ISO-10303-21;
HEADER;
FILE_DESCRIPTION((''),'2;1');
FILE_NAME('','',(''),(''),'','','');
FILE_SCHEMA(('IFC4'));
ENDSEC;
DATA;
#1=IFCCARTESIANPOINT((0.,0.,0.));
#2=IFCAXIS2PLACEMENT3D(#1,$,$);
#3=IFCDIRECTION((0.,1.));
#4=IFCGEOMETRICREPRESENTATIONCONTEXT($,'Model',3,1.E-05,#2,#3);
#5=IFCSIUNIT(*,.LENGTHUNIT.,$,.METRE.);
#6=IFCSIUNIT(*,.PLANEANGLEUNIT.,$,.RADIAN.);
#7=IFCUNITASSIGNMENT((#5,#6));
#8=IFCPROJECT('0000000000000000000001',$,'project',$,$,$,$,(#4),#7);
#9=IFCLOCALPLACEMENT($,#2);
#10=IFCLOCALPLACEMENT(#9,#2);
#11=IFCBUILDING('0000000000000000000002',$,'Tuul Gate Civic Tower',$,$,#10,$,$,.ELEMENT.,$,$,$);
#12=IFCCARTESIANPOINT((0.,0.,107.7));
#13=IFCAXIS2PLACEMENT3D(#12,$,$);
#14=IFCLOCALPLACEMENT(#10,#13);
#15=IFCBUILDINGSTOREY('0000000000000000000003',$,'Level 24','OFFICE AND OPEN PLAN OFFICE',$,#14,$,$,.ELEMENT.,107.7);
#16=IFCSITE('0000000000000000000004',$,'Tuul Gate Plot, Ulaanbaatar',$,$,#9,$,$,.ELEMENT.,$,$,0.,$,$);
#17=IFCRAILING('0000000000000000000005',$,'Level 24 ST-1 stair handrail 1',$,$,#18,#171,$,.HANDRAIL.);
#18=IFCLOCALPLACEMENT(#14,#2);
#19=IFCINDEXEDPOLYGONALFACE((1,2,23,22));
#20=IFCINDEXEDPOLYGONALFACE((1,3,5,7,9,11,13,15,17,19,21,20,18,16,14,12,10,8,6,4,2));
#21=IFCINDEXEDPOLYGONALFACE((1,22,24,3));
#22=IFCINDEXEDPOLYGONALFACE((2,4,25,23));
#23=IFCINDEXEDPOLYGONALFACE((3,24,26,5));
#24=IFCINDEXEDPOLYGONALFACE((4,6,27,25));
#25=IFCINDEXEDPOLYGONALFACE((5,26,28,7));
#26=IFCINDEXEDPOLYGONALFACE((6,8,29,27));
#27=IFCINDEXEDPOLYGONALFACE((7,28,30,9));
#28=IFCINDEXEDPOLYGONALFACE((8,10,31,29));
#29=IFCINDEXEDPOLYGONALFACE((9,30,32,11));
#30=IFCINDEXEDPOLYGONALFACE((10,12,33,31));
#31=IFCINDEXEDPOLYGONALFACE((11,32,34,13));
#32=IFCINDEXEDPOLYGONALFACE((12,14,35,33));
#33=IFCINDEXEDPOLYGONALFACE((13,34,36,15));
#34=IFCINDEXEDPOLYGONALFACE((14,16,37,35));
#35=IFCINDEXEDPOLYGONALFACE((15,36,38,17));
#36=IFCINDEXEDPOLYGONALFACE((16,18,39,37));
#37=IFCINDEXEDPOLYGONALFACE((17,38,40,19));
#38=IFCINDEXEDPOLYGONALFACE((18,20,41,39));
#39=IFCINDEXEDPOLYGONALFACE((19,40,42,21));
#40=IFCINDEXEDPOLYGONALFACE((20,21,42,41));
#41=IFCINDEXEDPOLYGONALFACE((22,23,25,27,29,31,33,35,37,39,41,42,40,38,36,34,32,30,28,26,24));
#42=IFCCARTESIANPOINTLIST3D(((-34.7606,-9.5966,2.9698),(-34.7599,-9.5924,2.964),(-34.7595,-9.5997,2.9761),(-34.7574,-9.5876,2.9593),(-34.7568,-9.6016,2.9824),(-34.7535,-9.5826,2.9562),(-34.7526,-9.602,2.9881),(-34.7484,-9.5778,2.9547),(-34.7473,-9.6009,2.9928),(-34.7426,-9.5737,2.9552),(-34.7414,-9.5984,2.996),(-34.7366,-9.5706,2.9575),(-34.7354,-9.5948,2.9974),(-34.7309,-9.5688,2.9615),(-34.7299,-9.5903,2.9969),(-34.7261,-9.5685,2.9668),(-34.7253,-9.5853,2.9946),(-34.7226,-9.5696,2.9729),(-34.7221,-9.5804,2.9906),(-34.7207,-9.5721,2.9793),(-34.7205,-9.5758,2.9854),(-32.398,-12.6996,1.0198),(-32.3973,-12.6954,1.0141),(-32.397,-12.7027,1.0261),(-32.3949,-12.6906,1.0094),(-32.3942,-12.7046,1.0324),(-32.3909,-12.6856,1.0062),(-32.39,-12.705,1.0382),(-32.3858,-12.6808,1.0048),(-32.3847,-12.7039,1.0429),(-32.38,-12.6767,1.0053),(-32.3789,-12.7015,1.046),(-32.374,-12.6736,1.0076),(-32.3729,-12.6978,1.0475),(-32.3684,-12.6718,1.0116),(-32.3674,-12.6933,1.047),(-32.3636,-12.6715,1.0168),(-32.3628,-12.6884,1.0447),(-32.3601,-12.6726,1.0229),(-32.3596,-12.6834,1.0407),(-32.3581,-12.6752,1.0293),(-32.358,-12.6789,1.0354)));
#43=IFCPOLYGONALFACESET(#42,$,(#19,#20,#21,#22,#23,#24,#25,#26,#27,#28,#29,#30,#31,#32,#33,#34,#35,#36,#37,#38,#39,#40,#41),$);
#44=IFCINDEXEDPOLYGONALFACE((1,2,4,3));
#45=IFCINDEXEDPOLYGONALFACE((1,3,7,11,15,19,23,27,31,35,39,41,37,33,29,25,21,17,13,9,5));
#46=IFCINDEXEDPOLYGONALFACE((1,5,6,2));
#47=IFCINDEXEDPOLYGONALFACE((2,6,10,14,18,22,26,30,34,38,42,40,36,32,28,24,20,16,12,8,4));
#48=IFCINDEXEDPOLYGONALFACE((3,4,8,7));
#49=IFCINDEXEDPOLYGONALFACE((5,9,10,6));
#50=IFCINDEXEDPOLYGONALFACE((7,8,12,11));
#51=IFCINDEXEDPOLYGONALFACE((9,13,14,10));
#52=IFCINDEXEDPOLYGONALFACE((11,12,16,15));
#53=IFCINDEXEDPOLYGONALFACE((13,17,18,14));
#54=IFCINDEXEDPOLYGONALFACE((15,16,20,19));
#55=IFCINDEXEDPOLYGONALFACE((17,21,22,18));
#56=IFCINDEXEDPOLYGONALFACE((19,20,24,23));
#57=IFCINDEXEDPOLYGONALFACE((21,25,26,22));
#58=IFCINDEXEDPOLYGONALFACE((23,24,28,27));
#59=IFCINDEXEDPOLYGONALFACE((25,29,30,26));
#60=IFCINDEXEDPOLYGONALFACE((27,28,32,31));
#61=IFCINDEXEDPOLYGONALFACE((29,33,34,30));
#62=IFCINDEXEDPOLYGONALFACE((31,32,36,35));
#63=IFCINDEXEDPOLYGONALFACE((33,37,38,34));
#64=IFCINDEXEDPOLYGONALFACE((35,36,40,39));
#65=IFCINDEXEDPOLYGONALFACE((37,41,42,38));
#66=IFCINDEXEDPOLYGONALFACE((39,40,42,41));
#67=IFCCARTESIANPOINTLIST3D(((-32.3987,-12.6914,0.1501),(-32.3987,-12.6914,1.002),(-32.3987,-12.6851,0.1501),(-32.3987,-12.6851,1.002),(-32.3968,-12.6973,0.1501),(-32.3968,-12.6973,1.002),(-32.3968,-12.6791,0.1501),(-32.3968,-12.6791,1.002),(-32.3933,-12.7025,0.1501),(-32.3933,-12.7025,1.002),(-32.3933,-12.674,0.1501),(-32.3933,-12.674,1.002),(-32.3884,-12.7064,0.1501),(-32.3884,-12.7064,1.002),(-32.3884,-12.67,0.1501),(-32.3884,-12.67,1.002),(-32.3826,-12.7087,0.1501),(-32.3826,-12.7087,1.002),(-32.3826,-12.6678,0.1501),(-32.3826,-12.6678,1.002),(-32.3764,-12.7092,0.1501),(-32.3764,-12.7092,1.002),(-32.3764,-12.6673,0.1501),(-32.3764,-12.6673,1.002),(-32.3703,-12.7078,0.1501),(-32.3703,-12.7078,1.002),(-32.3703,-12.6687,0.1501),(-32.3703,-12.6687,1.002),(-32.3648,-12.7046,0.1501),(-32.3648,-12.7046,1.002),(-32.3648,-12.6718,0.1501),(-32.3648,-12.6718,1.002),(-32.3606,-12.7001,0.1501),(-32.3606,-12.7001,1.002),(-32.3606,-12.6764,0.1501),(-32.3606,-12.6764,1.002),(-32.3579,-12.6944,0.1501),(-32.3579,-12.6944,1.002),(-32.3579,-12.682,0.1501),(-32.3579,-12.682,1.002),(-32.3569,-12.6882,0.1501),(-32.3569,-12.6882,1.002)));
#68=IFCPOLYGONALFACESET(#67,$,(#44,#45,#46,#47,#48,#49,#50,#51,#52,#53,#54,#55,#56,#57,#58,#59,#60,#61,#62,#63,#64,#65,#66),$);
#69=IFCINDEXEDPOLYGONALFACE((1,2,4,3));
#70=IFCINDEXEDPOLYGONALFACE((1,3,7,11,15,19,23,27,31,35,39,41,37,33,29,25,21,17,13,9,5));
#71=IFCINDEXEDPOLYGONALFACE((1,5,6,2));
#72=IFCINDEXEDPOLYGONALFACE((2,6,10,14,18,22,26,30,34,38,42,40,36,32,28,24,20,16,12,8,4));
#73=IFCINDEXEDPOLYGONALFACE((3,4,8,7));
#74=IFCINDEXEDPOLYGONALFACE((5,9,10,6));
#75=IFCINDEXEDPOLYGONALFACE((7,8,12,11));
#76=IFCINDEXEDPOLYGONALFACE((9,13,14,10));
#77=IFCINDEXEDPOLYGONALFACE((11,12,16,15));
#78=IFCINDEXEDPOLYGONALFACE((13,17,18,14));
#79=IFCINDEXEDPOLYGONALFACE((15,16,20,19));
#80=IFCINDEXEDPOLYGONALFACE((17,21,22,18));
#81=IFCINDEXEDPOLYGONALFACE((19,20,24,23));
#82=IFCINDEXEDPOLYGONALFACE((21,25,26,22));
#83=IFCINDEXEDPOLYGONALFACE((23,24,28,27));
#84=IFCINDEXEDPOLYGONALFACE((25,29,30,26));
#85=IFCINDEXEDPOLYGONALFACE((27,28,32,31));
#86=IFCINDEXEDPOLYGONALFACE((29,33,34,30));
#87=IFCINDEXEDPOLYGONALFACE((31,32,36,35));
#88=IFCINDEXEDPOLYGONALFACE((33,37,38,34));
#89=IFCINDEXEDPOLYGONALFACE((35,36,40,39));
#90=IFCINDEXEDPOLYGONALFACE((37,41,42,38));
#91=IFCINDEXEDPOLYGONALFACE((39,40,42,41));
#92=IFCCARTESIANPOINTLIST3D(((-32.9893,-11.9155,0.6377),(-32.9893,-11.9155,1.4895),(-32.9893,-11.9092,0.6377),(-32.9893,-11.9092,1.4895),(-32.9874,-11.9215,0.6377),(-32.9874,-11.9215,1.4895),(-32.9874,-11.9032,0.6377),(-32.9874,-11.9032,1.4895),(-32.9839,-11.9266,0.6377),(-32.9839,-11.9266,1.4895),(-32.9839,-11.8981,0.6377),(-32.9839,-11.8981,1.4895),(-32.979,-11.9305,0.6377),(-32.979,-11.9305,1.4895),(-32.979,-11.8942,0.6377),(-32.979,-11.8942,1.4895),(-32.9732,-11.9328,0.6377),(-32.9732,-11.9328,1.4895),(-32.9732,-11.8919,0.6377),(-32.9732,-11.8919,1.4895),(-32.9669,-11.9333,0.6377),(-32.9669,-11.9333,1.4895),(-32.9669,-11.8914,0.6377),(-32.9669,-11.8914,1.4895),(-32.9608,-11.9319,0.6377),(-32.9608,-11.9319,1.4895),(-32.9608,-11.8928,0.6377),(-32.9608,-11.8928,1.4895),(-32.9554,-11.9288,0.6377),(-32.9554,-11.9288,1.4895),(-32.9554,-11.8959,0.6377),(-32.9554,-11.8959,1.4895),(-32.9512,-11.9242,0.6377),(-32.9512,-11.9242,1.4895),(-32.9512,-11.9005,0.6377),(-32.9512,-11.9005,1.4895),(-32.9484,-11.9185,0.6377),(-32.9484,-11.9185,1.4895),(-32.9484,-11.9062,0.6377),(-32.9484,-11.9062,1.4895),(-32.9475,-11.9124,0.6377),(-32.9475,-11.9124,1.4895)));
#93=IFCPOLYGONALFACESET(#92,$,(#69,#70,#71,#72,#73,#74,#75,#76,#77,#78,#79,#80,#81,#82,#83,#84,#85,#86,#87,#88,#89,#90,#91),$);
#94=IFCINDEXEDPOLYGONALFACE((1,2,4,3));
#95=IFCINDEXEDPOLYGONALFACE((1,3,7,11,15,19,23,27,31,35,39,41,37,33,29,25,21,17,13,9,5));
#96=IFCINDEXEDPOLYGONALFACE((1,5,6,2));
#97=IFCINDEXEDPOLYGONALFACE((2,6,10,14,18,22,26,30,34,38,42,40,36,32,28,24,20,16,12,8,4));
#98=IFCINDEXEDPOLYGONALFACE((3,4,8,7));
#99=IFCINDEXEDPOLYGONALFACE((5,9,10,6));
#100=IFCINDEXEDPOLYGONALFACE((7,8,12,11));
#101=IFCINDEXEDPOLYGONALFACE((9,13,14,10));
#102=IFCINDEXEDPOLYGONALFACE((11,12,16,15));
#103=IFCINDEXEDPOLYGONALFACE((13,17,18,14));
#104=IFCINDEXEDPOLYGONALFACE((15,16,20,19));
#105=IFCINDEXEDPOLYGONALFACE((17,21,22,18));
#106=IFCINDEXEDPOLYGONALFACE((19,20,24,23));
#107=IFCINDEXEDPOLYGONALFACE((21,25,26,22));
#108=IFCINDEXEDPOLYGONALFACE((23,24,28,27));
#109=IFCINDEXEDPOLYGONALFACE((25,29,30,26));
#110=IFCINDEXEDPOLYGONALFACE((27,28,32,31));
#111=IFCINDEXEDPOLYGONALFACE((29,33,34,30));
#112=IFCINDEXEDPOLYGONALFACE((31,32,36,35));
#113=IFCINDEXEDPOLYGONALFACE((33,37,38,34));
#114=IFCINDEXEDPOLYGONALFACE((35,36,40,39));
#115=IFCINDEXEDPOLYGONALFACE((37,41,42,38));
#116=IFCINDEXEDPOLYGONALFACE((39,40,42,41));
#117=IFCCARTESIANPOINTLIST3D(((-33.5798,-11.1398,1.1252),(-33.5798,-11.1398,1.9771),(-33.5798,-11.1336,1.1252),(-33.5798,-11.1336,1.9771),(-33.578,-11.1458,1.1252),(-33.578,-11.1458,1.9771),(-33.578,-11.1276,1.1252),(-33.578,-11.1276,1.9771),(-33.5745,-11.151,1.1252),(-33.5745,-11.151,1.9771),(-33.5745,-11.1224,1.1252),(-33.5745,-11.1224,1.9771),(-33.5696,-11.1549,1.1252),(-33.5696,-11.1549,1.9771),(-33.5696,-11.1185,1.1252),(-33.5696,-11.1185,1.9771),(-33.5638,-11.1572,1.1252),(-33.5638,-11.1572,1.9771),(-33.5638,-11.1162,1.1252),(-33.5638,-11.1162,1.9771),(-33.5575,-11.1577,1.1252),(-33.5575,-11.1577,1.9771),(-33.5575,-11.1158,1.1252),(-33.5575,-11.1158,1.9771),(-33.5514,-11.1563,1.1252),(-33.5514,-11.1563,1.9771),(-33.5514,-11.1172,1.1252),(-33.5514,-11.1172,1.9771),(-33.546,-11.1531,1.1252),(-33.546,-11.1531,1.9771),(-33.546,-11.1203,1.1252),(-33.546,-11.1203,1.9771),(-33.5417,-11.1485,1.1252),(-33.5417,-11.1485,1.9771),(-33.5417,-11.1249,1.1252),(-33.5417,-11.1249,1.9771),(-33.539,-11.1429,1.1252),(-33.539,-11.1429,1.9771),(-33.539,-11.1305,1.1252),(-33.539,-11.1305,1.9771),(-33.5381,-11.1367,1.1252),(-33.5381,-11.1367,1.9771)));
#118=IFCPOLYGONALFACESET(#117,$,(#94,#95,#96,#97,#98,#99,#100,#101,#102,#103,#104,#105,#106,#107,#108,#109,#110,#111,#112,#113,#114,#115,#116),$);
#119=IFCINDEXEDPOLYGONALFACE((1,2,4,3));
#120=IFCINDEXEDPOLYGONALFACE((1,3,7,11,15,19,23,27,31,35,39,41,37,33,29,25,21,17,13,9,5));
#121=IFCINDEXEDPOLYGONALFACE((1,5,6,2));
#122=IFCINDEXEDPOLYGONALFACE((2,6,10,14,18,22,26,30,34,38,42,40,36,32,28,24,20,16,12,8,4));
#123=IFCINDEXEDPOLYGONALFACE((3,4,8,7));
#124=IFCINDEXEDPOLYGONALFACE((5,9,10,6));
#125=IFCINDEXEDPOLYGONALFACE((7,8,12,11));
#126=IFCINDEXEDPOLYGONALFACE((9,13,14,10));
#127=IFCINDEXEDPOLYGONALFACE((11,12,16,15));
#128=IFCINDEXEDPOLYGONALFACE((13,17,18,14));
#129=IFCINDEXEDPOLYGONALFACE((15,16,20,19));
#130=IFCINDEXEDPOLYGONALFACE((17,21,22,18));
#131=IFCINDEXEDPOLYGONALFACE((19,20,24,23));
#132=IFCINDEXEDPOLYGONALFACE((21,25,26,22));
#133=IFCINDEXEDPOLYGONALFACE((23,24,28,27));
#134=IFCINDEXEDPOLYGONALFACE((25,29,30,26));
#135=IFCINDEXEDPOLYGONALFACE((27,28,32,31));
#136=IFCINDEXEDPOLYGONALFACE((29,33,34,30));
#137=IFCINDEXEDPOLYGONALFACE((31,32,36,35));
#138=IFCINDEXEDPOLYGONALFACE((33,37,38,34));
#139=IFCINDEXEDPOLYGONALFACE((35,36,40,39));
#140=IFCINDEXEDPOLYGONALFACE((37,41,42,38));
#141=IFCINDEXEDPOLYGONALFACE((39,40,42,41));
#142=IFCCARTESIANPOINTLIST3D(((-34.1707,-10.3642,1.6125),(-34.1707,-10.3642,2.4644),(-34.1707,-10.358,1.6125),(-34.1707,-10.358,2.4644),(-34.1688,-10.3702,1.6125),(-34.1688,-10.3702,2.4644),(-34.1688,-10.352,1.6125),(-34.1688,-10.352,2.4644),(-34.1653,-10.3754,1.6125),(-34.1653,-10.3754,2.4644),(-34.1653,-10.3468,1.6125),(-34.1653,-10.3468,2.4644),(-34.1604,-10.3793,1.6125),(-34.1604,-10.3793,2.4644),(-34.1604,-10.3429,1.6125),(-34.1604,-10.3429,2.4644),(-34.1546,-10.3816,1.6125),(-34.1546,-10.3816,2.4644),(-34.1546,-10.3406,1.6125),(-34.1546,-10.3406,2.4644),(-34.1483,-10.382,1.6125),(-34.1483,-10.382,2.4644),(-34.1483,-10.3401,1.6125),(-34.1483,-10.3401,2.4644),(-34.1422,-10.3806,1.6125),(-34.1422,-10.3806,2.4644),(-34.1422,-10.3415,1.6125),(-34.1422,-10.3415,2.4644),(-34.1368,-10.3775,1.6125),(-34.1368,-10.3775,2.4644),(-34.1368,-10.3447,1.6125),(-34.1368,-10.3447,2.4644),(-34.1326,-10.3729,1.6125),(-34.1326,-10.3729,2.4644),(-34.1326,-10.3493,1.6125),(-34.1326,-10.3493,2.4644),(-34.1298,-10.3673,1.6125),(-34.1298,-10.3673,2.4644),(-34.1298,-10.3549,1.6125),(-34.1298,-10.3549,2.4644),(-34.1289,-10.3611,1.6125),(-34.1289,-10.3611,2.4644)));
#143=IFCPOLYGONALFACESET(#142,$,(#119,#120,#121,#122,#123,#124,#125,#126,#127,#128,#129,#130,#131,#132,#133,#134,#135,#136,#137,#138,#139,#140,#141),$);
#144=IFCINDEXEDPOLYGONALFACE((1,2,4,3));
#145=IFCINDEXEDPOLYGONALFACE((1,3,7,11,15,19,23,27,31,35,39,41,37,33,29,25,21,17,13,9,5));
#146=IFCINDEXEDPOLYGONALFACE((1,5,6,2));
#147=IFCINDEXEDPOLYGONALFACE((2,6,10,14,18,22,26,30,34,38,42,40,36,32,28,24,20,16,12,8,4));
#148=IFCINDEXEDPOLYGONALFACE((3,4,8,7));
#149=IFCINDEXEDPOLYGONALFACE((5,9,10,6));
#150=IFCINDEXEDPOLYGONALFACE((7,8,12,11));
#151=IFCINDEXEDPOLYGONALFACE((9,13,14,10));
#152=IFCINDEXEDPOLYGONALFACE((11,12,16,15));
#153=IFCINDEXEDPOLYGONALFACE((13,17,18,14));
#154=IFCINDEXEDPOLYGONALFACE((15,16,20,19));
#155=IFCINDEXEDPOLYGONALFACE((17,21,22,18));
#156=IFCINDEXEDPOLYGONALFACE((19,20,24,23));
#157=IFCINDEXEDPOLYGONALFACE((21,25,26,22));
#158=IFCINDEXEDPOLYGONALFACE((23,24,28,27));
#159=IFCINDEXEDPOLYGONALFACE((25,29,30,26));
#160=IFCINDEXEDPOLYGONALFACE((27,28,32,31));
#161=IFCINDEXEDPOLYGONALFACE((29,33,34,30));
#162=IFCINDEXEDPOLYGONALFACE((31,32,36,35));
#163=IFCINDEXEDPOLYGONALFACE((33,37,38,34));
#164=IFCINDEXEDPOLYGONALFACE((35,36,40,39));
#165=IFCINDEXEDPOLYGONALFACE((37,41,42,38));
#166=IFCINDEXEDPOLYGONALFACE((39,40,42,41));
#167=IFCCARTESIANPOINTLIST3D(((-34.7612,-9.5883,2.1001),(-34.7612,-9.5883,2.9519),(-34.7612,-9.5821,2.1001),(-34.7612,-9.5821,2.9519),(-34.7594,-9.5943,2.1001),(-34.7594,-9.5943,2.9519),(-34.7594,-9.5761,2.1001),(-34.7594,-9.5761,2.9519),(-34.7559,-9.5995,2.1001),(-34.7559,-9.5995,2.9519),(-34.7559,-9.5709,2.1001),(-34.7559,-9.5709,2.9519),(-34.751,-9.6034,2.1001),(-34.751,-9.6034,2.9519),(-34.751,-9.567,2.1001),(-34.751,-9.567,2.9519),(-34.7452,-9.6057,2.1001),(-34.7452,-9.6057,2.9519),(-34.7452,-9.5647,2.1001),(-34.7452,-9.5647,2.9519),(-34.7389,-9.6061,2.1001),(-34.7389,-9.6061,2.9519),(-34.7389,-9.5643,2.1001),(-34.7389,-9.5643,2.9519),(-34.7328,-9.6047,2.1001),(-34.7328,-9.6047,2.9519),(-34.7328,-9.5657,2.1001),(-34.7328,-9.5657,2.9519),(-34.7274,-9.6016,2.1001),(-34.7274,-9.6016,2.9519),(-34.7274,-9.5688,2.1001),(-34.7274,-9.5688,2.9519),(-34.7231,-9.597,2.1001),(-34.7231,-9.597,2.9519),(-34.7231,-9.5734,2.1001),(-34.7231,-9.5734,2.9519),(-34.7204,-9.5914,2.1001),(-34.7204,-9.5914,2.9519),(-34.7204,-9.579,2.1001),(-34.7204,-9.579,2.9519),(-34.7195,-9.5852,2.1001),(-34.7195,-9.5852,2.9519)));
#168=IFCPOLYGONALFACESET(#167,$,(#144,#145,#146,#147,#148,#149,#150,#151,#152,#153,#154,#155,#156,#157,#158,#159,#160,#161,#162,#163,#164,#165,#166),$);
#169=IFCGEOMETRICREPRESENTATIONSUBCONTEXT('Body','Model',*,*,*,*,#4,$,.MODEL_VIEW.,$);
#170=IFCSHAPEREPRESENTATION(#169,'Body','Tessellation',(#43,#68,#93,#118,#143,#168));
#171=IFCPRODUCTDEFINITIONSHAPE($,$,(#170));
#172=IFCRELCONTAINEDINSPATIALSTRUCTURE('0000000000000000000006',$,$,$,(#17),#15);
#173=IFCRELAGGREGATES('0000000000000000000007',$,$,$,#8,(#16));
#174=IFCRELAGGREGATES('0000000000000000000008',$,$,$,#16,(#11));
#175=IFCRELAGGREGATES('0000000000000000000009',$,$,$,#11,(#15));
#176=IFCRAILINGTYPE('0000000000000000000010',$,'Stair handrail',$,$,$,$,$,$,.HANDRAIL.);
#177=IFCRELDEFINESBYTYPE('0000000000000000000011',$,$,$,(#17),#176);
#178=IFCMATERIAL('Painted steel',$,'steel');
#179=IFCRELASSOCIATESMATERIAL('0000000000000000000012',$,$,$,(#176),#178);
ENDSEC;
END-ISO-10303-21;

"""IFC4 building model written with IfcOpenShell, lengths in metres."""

from ifc_helpers import new_model, si_unit, direction, frame, origin, origin_2d, place, context, subcontext, project, spatial, circle, extrude, material, type_object, element, save


model = new_model("IFC4")

# Units and contexts
model_context = context("Model", 3, precision=1e-05, world=origin(), true_north=direction((0.0, 1.0)))
body_context = subcontext(model_context, "Body", "Model", "MODEL_VIEW")
ifc_project = project(units=[si_unit("LENGTHUNIT", "METRE"), si_unit("PLANEANGLEUNIT", "RADIAN")], contexts=[model_context])

# Site, building, storey
site_placement = place(None, origin())
site = spatial("IfcSite", under=ifc_project, at=site_placement, Name="Tuul Gate Plot, Ulaanbaatar", CompositionType="ELEMENT", RefElevation=0.0)
building_placement = place(site_placement, origin())
building = spatial("IfcBuilding", under=site, at=building_placement, Name="Tuul Gate Civic Tower", CompositionType="ELEMENT")
storey_placement = place(building_placement, frame((0.0, 0.0, 107.7)))
storey = spatial("IfcBuildingStorey", under=building, at=storey_placement, Name="Level 24", Description="OFFICE AND OPEN PLAN OFFICE", CompositionType="ELEMENT", Elevation=107.7)

# Railing
ifc_material_1 = material(Name="Painted steel", Category="steel")
railing_type = type_object("IfcRailingType", Name="Stair handrail", PredefinedType="HANDRAIL", material=ifc_material_1)
railing_1_placement = place(storey_placement, frame((-32.3779, -12.6882, 0.1501)))
element("IfcRailing", 1, at=railing_1_placement, inside=storey, type_object=railing_type, Name="Level 24 ST-1 stair handrail 1", PredefinedType="HANDRAIL", context=body_context, shape_type="SweptSolid", body=[
    extrude(circle(Radius=0.0239, at=origin_2d()), frame((0.0, 0.0, 0.876), z_axis=(-0.541824, 0.711645, 0.4472), x_axis=(-0.795637, -0.605773, 0.0)), (0.0, 0.0, 1.0), 4.3604),
    extrude(circle(Radius=0.021, at=origin_2d()), origin(), (0.0, 0.0, 1.0), 0.8518),
    extrude(circle(Radius=0.021, at=origin_2d()), frame((-0.5906, 0.7759, 0.4875)), (0.0, 0.0, 1.0), 0.8518),
    extrude(circle(Radius=0.021, at=origin_2d()), frame((-1.1812, 1.5515, 0.9751)), (0.0, 0.0, 1.0), 0.8518),
    extrude(circle(Radius=0.021, at=origin_2d()), frame((-1.772, 2.3271, 1.4624)), (0.0, 0.0, 1.0), 0.8518),
    extrude(circle(Radius=0.021, at=origin_2d()), frame((-2.3625, 3.103, 1.95)), (0.0, 0.0, 1.0), 0.8518),
])

save(model, "model.ifc")
